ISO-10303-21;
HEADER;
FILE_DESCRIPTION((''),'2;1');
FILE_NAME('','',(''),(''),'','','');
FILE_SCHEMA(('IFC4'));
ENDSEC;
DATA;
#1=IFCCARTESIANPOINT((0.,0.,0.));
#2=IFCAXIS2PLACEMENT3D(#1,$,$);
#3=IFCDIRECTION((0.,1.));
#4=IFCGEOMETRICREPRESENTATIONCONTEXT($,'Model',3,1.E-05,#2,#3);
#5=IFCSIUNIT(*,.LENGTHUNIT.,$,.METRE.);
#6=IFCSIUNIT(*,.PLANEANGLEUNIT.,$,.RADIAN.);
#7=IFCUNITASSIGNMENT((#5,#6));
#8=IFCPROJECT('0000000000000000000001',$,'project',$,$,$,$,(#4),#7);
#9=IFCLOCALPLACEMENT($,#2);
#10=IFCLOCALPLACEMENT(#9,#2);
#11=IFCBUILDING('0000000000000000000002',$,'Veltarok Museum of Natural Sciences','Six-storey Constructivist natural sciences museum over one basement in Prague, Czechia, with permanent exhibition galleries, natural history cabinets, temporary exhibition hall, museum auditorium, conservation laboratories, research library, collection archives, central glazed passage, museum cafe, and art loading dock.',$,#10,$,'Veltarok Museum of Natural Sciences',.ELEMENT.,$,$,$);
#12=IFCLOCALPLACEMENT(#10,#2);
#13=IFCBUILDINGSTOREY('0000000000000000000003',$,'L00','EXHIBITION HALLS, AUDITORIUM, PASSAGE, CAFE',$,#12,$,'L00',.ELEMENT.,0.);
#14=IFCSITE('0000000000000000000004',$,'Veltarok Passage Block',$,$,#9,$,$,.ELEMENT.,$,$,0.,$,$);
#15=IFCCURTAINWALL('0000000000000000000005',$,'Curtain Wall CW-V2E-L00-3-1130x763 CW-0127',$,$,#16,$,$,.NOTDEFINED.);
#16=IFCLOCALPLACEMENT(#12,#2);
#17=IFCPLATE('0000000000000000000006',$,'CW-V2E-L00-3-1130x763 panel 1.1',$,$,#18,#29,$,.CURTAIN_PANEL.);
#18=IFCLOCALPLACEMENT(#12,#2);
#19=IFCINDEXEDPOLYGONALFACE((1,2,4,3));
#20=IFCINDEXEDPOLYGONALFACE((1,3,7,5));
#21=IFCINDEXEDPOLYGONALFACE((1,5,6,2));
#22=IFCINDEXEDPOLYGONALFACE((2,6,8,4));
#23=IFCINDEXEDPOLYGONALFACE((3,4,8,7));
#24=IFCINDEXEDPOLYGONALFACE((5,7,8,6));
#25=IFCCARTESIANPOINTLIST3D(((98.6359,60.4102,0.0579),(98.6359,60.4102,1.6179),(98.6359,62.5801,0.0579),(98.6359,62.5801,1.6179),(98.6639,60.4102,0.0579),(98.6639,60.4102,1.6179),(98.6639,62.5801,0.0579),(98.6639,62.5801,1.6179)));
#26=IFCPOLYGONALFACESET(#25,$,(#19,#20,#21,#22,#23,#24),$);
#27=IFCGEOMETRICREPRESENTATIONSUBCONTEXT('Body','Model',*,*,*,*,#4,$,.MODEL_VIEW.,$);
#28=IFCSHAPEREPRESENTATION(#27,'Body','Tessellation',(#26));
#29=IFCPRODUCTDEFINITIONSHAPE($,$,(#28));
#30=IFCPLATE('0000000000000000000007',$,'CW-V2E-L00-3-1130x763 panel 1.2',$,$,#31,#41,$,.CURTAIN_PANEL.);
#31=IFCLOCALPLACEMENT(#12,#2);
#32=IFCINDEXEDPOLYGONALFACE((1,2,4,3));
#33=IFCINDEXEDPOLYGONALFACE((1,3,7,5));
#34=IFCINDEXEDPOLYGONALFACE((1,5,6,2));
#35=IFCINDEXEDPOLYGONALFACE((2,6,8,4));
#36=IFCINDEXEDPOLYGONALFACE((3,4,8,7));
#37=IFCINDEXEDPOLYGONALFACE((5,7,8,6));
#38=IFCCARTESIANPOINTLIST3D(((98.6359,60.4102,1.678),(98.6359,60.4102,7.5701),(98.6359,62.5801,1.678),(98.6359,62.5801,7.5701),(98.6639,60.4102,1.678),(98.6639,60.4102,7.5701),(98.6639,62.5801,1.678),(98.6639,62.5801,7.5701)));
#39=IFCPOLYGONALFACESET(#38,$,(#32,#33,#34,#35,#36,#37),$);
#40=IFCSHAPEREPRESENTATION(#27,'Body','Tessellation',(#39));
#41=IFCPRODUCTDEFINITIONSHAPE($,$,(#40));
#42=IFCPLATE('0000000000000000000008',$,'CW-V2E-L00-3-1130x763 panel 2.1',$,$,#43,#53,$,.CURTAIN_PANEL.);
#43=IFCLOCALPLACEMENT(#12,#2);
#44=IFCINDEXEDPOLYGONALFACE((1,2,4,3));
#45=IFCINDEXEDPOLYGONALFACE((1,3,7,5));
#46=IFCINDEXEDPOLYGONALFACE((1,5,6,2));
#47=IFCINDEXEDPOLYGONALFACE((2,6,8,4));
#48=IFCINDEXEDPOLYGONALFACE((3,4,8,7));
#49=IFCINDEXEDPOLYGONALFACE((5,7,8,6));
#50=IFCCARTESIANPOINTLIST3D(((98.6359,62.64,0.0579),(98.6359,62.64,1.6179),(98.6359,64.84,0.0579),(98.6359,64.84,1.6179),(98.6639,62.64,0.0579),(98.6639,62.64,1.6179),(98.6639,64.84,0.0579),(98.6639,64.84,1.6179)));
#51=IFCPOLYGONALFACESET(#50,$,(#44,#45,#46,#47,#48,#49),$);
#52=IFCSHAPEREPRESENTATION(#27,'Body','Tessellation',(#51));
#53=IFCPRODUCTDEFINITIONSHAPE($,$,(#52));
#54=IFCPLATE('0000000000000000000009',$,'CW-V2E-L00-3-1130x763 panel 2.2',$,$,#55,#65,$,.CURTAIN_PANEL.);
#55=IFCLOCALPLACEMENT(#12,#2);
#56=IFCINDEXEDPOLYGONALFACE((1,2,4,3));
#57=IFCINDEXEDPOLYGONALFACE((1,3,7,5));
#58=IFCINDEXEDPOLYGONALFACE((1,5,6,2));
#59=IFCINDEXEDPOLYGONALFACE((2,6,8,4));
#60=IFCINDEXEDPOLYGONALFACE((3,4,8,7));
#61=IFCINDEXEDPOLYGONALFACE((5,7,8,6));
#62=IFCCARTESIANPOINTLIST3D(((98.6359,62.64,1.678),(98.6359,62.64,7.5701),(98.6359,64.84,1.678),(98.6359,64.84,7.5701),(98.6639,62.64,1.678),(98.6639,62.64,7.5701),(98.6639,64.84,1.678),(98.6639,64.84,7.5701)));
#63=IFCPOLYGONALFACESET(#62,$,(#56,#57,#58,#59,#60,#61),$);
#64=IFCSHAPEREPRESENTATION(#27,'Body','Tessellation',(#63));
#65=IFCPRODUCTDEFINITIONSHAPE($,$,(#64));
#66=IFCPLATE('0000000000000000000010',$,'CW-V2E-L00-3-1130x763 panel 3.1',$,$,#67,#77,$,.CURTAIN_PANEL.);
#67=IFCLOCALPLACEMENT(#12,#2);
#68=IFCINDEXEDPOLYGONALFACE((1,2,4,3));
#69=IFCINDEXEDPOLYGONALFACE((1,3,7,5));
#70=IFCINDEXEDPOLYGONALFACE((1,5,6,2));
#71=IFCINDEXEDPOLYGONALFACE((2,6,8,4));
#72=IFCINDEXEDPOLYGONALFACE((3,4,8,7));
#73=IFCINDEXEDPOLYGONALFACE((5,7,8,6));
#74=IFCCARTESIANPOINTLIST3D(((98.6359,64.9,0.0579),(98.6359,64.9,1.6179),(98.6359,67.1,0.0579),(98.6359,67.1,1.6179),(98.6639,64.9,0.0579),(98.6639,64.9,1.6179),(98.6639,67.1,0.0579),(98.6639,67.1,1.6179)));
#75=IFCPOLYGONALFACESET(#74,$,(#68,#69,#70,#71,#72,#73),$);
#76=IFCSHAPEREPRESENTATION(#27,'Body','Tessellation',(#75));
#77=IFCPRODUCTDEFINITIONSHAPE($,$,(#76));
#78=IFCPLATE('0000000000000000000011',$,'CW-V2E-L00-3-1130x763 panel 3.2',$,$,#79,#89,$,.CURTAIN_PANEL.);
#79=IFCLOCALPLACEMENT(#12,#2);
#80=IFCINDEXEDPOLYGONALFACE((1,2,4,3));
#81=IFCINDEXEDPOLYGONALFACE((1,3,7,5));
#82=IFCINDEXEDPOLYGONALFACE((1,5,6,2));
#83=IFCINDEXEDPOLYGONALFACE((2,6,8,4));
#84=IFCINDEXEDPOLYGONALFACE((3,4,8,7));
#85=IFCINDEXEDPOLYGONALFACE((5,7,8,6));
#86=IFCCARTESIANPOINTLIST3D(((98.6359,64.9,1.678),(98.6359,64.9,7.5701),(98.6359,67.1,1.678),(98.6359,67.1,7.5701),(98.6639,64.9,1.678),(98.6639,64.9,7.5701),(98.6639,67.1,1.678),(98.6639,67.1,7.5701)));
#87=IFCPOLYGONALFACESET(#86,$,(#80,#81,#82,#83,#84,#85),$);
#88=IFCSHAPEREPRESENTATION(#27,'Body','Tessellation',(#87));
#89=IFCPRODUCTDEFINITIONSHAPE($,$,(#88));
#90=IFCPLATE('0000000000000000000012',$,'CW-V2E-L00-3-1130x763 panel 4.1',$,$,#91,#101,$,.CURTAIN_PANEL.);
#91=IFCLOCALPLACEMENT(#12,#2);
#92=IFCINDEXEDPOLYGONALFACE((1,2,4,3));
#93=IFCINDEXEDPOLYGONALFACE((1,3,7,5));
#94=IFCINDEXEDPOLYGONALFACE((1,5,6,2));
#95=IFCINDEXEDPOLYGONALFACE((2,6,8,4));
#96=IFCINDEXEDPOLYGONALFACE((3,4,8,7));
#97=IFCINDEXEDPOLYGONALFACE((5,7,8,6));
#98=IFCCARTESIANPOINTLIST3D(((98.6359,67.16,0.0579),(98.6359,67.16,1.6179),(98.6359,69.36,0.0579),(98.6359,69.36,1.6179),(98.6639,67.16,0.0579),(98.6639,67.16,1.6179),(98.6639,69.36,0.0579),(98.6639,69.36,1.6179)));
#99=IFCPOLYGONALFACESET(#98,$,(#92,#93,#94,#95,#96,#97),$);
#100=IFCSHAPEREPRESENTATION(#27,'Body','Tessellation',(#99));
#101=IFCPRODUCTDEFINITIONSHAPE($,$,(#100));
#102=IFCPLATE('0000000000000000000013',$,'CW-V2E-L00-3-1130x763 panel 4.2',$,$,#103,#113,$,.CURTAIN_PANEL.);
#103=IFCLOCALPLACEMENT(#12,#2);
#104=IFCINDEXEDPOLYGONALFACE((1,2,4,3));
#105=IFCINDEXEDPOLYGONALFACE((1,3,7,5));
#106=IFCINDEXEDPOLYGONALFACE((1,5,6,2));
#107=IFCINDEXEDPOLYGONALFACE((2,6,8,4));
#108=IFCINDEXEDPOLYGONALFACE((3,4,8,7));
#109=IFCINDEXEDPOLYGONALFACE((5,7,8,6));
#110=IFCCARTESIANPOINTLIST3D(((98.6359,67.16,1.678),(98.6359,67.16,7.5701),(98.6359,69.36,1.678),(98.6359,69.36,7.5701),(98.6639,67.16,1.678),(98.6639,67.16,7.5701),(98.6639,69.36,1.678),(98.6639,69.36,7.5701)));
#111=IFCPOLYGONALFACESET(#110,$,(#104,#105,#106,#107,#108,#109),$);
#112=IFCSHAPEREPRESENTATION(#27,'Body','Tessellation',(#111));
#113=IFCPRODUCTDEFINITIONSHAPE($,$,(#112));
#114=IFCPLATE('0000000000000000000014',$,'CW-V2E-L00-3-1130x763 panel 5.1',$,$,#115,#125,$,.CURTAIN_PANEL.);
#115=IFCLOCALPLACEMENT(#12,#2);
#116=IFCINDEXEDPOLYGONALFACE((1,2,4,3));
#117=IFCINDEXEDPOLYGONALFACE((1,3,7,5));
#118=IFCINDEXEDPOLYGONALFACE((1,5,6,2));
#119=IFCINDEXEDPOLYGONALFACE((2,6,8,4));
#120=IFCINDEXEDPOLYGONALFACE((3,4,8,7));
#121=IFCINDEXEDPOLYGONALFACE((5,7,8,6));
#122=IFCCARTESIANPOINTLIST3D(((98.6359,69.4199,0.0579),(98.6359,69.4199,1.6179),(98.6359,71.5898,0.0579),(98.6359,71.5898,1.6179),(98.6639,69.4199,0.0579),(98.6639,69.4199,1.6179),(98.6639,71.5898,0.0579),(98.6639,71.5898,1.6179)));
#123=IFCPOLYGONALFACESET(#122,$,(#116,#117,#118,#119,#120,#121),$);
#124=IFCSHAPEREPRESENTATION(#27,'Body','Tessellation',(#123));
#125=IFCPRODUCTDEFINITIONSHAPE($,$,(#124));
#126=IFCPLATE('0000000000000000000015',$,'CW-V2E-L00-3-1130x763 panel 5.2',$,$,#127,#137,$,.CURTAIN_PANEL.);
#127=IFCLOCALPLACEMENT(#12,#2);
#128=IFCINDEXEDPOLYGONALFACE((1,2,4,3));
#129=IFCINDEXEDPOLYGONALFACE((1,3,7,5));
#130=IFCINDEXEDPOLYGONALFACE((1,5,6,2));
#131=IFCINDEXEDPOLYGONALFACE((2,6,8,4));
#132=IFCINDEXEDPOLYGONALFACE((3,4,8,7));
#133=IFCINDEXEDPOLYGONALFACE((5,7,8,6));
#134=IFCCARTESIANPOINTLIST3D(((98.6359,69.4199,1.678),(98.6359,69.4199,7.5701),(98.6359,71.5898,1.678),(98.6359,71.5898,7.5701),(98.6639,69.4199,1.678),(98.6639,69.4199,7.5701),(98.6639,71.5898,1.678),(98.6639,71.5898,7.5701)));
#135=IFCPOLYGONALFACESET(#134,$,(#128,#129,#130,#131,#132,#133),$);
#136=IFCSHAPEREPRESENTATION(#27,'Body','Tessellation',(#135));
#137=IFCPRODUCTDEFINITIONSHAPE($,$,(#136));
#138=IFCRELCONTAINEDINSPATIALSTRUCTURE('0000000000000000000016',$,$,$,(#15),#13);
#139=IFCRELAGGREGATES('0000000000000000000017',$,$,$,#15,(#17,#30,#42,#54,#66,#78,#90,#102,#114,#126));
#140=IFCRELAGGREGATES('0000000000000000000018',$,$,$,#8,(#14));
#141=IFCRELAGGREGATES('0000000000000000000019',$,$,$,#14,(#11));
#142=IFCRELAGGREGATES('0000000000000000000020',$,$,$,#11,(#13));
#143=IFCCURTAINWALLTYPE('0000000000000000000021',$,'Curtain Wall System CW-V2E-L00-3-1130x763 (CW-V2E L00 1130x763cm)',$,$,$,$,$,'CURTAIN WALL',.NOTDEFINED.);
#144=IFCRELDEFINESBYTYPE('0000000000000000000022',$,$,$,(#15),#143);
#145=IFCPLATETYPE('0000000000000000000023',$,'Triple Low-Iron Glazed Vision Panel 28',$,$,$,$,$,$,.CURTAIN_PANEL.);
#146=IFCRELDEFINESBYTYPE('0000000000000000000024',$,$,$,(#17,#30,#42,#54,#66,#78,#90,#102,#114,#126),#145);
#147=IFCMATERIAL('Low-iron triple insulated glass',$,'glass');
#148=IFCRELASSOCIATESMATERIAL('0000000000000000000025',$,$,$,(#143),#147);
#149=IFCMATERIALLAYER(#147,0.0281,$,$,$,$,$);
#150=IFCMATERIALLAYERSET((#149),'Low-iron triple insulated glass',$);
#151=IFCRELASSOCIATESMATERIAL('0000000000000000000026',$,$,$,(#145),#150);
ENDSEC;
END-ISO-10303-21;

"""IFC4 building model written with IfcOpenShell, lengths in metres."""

from ifc_helpers import new_model, si_unit, direction, frame, origin, origin_2d, place, context, subcontext, project, spatial, rectangle, extrude, material, layer, layer_set, type_object, element, aggregate, save


model = new_model("IFC4")

# Units and contexts
model_context = context("Model", 3, precision=1e-05, world=origin(), true_north=direction((0.0, 1.0)))
body_context = subcontext(model_context, "Body", "Model", "MODEL_VIEW")
ifc_project = project(units=[si_unit("LENGTHUNIT", "METRE"), si_unit("PLANEANGLEUNIT", "RADIAN")], contexts=[model_context])

# Site, building, storey
site_placement = place(None, origin())
site = spatial("IfcSite", under=ifc_project, at=site_placement, Name="Veltarok Passage Block", CompositionType="ELEMENT", RefElevation=0.0)
building_placement = place(site_placement, origin())
building = spatial("IfcBuilding", under=site, at=building_placement, Name="Veltarok Museum of Natural Sciences", Description="Six-storey Constructivist natural sciences museum over one basement in Prague, Czechia, with permanent exhibition galleries, natural history cabinets, temporary exhibition hall, museum auditorium, conservation laboratories, research library, collection archives, central glazed passage, museum cafe, and art loading dock.", LongName="Veltarok Museum of Natural Sciences", CompositionType="ELEMENT")
storey_placement = place(building_placement, origin())
storey = spatial("IfcBuildingStorey", under=building, at=storey_placement, Name="L00", Description="EXHIBITION HALLS, AUDITORIUM, PASSAGE, CAFE", LongName="L00", CompositionType="ELEMENT", Elevation=0.0)

# Curtain wall
ifc_material_1 = material(Name="Low-iron triple insulated glass", Category="glass")
curtain_wall_type = type_object("IfcCurtainWallType", Name="Curtain Wall System CW-V2E-L00-3-1130x763 (CW-V2E L00 1130x763cm)", ElementType="CURTAIN WALL", PredefinedType="NOTDEFINED", material=ifc_material_1)
curtain_wall_placement = place(storey_placement, origin())
curtain_wall = element("IfcCurtainWall", 1, at=curtain_wall_placement, inside=storey, type_object=curtain_wall_type, Name="Curtain Wall CW-V2E-L00-3-1130x763 CW-0127", PredefinedType="NOTDEFINED")

# Plates
ifc_layer = layer(ifc_material_1, 0.0281)
ifc_layer_set = layer_set([ifc_layer], Name="Low-iron triple insulated glass")
plate_type = type_object("IfcPlateType", Name="Triple Low-Iron Glazed Vision Panel 28", PredefinedType="CURTAIN_PANEL", material=ifc_layer_set)
plate_1_placement = place(storey_placement, frame((98.6499, 61.4951, 0.0579), z_axis=(0.0, 0.0, 1.0), x_axis=(0.0, 1.0, 0.0)))
plate_1 = element("IfcPlate", 2, at=plate_1_placement, type_object=plate_type, Name="CW-V2E-L00-3-1130x763 panel 1.1", PredefinedType="CURTAIN_PANEL", context=body_context, shape_type="SweptSolid", body=[
    extrude(rectangle(XDim=2.1699, YDim=0.0281, at=origin_2d()), origin(), (0.0, 0.0, 1.0), 1.5601),
])
plate_2_placement = place(storey_placement, frame((98.6499, 61.4951, 1.678), z_axis=(0.0, 0.0, 1.0), x_axis=(0.0, 1.0, 0.0)))
plate_2 = element("IfcPlate", 3, at=plate_2_placement, type_object=plate_type, Name="CW-V2E-L00-3-1130x763 panel 1.2", PredefinedType="CURTAIN_PANEL", context=body_context, shape_type="SweptSolid", body=[
    extrude(rectangle(XDim=2.1699, YDim=0.0281, at=origin_2d()), origin(), (0.0, 0.0, 1.0), 5.8921),
])
plate_3_placement = place(storey_placement, frame((98.6499, 63.74, 0.0579), z_axis=(0.0, 0.0, 1.0), x_axis=(0.0, 1.0, 0.0)))
plate_3 = element("IfcPlate", 4, at=plate_3_placement, type_object=plate_type, Name="CW-V2E-L00-3-1130x763 panel 2.1", PredefinedType="CURTAIN_PANEL", context=body_context, shape_type="SweptSolid", body=[
    extrude(rectangle(XDim=2.2, YDim=0.0281, at=origin_2d()), origin(), (0.0, 0.0, 1.0), 1.5601),
])
plate_4_placement = place(storey_placement, frame((98.6499, 63.74, 1.678), z_axis=(0.0, 0.0, 1.0), x_axis=(0.0, 1.0, 0.0)))
plate_4 = element("IfcPlate", 5, at=plate_4_placement, type_object=plate_type, Name="CW-V2E-L00-3-1130x763 panel 2.2", PredefinedType="CURTAIN_PANEL", context=body_context, shape_type="SweptSolid", body=[
    extrude(rectangle(XDim=2.2, YDim=0.0281, at=origin_2d()), origin(), (0.0, 0.0, 1.0), 5.8921),
])
plate_5_placement = place(storey_placement, frame((98.6499, 66.0, 0.0579), z_axis=(0.0, 0.0, 1.0), x_axis=(0.0, 1.0, 0.0)))
plate_5 = element("IfcPlate", 6, at=plate_5_placement, type_object=plate_type, Name="CW-V2E-L00-3-1130x763 panel 3.1", PredefinedType="CURTAIN_PANEL", context=body_context, shape_type="SweptSolid", body=[
    extrude(rectangle(XDim=2.2, YDim=0.0281, at=origin_2d()), origin(), (0.0, 0.0, 1.0), 1.5601),
])
plate_6_placement = place(storey_placement, frame((98.6499, 66.0, 1.678), z_axis=(0.0, 0.0, 1.0), x_axis=(0.0, 1.0, 0.0)))
plate_6 = element("IfcPlate", 7, at=plate_6_placement, type_object=plate_type, Name="CW-V2E-L00-3-1130x763 panel 3.2", PredefinedType="CURTAIN_PANEL", context=body_context, shape_type="SweptSolid", body=[
    extrude(rectangle(XDim=2.2, YDim=0.0281, at=origin_2d()), origin(), (0.0, 0.0, 1.0), 5.8921),
])
plate_7_placement = place(storey_placement, frame((98.6499, 68.26, 0.0579), z_axis=(0.0, 0.0, 1.0), x_axis=(0.0, 1.0, 0.0)))
plate_7 = element("IfcPlate", 8, at=plate_7_placement, type_object=plate_type, Name="CW-V2E-L00-3-1130x763 panel 4.1", PredefinedType="CURTAIN_PANEL", context=body_context, shape_type="SweptSolid", body=[
    extrude(rectangle(XDim=2.2, YDim=0.0281, at=origin_2d()), origin(), (0.0, 0.0, 1.0), 1.5601),
])
plate_8_placement = place(storey_placement, frame((98.6499, 68.26, 1.678), z_axis=(0.0, 0.0, 1.0), x_axis=(0.0, 1.0, 0.0)))
plate_8 = element("IfcPlate", 9, at=plate_8_placement, type_object=plate_type, Name="CW-V2E-L00-3-1130x763 panel 4.2", PredefinedType="CURTAIN_PANEL", context=body_context, shape_type="SweptSolid", body=[
    extrude(rectangle(XDim=2.2, YDim=0.0281, at=origin_2d()), origin(), (0.0, 0.0, 1.0), 5.8921),
])
plate_9_placement = place(storey_placement, frame((98.6499, 70.5049, 0.0579), z_axis=(0.0, 0.0, 1.0), x_axis=(0.0, 1.0, 0.0)))
plate_9 = element("IfcPlate", 10, at=plate_9_placement, type_object=plate_type, Name="CW-V2E-L00-3-1130x763 panel 5.1", PredefinedType="CURTAIN_PANEL", context=body_context, shape_type="SweptSolid", body=[
    extrude(rectangle(XDim=2.1699, YDim=0.0281, at=origin_2d()), origin(), (0.0, 0.0, 1.0), 1.5601),
])
plate_10_placement = place(storey_placement, frame((98.6499, 70.5049, 1.678), z_axis=(0.0, 0.0, 1.0), x_axis=(0.0, 1.0, 0.0)))
plate_10 = element("IfcPlate", 11, at=plate_10_placement, type_object=plate_type, Name="CW-V2E-L00-3-1130x763 panel 5.2", PredefinedType="CURTAIN_PANEL", context=body_context, shape_type="SweptSolid", body=[
    extrude(rectangle(XDim=2.1699, YDim=0.0281, at=origin_2d()), origin(), (0.0, 0.0, 1.0), 5.8921),
])
aggregate(curtain_wall, [plate_1, plate_2, plate_3, plate_4, plate_5, plate_6, plate_7, plate_8, plate_9, plate_10])

save(model, "model.ifc")
